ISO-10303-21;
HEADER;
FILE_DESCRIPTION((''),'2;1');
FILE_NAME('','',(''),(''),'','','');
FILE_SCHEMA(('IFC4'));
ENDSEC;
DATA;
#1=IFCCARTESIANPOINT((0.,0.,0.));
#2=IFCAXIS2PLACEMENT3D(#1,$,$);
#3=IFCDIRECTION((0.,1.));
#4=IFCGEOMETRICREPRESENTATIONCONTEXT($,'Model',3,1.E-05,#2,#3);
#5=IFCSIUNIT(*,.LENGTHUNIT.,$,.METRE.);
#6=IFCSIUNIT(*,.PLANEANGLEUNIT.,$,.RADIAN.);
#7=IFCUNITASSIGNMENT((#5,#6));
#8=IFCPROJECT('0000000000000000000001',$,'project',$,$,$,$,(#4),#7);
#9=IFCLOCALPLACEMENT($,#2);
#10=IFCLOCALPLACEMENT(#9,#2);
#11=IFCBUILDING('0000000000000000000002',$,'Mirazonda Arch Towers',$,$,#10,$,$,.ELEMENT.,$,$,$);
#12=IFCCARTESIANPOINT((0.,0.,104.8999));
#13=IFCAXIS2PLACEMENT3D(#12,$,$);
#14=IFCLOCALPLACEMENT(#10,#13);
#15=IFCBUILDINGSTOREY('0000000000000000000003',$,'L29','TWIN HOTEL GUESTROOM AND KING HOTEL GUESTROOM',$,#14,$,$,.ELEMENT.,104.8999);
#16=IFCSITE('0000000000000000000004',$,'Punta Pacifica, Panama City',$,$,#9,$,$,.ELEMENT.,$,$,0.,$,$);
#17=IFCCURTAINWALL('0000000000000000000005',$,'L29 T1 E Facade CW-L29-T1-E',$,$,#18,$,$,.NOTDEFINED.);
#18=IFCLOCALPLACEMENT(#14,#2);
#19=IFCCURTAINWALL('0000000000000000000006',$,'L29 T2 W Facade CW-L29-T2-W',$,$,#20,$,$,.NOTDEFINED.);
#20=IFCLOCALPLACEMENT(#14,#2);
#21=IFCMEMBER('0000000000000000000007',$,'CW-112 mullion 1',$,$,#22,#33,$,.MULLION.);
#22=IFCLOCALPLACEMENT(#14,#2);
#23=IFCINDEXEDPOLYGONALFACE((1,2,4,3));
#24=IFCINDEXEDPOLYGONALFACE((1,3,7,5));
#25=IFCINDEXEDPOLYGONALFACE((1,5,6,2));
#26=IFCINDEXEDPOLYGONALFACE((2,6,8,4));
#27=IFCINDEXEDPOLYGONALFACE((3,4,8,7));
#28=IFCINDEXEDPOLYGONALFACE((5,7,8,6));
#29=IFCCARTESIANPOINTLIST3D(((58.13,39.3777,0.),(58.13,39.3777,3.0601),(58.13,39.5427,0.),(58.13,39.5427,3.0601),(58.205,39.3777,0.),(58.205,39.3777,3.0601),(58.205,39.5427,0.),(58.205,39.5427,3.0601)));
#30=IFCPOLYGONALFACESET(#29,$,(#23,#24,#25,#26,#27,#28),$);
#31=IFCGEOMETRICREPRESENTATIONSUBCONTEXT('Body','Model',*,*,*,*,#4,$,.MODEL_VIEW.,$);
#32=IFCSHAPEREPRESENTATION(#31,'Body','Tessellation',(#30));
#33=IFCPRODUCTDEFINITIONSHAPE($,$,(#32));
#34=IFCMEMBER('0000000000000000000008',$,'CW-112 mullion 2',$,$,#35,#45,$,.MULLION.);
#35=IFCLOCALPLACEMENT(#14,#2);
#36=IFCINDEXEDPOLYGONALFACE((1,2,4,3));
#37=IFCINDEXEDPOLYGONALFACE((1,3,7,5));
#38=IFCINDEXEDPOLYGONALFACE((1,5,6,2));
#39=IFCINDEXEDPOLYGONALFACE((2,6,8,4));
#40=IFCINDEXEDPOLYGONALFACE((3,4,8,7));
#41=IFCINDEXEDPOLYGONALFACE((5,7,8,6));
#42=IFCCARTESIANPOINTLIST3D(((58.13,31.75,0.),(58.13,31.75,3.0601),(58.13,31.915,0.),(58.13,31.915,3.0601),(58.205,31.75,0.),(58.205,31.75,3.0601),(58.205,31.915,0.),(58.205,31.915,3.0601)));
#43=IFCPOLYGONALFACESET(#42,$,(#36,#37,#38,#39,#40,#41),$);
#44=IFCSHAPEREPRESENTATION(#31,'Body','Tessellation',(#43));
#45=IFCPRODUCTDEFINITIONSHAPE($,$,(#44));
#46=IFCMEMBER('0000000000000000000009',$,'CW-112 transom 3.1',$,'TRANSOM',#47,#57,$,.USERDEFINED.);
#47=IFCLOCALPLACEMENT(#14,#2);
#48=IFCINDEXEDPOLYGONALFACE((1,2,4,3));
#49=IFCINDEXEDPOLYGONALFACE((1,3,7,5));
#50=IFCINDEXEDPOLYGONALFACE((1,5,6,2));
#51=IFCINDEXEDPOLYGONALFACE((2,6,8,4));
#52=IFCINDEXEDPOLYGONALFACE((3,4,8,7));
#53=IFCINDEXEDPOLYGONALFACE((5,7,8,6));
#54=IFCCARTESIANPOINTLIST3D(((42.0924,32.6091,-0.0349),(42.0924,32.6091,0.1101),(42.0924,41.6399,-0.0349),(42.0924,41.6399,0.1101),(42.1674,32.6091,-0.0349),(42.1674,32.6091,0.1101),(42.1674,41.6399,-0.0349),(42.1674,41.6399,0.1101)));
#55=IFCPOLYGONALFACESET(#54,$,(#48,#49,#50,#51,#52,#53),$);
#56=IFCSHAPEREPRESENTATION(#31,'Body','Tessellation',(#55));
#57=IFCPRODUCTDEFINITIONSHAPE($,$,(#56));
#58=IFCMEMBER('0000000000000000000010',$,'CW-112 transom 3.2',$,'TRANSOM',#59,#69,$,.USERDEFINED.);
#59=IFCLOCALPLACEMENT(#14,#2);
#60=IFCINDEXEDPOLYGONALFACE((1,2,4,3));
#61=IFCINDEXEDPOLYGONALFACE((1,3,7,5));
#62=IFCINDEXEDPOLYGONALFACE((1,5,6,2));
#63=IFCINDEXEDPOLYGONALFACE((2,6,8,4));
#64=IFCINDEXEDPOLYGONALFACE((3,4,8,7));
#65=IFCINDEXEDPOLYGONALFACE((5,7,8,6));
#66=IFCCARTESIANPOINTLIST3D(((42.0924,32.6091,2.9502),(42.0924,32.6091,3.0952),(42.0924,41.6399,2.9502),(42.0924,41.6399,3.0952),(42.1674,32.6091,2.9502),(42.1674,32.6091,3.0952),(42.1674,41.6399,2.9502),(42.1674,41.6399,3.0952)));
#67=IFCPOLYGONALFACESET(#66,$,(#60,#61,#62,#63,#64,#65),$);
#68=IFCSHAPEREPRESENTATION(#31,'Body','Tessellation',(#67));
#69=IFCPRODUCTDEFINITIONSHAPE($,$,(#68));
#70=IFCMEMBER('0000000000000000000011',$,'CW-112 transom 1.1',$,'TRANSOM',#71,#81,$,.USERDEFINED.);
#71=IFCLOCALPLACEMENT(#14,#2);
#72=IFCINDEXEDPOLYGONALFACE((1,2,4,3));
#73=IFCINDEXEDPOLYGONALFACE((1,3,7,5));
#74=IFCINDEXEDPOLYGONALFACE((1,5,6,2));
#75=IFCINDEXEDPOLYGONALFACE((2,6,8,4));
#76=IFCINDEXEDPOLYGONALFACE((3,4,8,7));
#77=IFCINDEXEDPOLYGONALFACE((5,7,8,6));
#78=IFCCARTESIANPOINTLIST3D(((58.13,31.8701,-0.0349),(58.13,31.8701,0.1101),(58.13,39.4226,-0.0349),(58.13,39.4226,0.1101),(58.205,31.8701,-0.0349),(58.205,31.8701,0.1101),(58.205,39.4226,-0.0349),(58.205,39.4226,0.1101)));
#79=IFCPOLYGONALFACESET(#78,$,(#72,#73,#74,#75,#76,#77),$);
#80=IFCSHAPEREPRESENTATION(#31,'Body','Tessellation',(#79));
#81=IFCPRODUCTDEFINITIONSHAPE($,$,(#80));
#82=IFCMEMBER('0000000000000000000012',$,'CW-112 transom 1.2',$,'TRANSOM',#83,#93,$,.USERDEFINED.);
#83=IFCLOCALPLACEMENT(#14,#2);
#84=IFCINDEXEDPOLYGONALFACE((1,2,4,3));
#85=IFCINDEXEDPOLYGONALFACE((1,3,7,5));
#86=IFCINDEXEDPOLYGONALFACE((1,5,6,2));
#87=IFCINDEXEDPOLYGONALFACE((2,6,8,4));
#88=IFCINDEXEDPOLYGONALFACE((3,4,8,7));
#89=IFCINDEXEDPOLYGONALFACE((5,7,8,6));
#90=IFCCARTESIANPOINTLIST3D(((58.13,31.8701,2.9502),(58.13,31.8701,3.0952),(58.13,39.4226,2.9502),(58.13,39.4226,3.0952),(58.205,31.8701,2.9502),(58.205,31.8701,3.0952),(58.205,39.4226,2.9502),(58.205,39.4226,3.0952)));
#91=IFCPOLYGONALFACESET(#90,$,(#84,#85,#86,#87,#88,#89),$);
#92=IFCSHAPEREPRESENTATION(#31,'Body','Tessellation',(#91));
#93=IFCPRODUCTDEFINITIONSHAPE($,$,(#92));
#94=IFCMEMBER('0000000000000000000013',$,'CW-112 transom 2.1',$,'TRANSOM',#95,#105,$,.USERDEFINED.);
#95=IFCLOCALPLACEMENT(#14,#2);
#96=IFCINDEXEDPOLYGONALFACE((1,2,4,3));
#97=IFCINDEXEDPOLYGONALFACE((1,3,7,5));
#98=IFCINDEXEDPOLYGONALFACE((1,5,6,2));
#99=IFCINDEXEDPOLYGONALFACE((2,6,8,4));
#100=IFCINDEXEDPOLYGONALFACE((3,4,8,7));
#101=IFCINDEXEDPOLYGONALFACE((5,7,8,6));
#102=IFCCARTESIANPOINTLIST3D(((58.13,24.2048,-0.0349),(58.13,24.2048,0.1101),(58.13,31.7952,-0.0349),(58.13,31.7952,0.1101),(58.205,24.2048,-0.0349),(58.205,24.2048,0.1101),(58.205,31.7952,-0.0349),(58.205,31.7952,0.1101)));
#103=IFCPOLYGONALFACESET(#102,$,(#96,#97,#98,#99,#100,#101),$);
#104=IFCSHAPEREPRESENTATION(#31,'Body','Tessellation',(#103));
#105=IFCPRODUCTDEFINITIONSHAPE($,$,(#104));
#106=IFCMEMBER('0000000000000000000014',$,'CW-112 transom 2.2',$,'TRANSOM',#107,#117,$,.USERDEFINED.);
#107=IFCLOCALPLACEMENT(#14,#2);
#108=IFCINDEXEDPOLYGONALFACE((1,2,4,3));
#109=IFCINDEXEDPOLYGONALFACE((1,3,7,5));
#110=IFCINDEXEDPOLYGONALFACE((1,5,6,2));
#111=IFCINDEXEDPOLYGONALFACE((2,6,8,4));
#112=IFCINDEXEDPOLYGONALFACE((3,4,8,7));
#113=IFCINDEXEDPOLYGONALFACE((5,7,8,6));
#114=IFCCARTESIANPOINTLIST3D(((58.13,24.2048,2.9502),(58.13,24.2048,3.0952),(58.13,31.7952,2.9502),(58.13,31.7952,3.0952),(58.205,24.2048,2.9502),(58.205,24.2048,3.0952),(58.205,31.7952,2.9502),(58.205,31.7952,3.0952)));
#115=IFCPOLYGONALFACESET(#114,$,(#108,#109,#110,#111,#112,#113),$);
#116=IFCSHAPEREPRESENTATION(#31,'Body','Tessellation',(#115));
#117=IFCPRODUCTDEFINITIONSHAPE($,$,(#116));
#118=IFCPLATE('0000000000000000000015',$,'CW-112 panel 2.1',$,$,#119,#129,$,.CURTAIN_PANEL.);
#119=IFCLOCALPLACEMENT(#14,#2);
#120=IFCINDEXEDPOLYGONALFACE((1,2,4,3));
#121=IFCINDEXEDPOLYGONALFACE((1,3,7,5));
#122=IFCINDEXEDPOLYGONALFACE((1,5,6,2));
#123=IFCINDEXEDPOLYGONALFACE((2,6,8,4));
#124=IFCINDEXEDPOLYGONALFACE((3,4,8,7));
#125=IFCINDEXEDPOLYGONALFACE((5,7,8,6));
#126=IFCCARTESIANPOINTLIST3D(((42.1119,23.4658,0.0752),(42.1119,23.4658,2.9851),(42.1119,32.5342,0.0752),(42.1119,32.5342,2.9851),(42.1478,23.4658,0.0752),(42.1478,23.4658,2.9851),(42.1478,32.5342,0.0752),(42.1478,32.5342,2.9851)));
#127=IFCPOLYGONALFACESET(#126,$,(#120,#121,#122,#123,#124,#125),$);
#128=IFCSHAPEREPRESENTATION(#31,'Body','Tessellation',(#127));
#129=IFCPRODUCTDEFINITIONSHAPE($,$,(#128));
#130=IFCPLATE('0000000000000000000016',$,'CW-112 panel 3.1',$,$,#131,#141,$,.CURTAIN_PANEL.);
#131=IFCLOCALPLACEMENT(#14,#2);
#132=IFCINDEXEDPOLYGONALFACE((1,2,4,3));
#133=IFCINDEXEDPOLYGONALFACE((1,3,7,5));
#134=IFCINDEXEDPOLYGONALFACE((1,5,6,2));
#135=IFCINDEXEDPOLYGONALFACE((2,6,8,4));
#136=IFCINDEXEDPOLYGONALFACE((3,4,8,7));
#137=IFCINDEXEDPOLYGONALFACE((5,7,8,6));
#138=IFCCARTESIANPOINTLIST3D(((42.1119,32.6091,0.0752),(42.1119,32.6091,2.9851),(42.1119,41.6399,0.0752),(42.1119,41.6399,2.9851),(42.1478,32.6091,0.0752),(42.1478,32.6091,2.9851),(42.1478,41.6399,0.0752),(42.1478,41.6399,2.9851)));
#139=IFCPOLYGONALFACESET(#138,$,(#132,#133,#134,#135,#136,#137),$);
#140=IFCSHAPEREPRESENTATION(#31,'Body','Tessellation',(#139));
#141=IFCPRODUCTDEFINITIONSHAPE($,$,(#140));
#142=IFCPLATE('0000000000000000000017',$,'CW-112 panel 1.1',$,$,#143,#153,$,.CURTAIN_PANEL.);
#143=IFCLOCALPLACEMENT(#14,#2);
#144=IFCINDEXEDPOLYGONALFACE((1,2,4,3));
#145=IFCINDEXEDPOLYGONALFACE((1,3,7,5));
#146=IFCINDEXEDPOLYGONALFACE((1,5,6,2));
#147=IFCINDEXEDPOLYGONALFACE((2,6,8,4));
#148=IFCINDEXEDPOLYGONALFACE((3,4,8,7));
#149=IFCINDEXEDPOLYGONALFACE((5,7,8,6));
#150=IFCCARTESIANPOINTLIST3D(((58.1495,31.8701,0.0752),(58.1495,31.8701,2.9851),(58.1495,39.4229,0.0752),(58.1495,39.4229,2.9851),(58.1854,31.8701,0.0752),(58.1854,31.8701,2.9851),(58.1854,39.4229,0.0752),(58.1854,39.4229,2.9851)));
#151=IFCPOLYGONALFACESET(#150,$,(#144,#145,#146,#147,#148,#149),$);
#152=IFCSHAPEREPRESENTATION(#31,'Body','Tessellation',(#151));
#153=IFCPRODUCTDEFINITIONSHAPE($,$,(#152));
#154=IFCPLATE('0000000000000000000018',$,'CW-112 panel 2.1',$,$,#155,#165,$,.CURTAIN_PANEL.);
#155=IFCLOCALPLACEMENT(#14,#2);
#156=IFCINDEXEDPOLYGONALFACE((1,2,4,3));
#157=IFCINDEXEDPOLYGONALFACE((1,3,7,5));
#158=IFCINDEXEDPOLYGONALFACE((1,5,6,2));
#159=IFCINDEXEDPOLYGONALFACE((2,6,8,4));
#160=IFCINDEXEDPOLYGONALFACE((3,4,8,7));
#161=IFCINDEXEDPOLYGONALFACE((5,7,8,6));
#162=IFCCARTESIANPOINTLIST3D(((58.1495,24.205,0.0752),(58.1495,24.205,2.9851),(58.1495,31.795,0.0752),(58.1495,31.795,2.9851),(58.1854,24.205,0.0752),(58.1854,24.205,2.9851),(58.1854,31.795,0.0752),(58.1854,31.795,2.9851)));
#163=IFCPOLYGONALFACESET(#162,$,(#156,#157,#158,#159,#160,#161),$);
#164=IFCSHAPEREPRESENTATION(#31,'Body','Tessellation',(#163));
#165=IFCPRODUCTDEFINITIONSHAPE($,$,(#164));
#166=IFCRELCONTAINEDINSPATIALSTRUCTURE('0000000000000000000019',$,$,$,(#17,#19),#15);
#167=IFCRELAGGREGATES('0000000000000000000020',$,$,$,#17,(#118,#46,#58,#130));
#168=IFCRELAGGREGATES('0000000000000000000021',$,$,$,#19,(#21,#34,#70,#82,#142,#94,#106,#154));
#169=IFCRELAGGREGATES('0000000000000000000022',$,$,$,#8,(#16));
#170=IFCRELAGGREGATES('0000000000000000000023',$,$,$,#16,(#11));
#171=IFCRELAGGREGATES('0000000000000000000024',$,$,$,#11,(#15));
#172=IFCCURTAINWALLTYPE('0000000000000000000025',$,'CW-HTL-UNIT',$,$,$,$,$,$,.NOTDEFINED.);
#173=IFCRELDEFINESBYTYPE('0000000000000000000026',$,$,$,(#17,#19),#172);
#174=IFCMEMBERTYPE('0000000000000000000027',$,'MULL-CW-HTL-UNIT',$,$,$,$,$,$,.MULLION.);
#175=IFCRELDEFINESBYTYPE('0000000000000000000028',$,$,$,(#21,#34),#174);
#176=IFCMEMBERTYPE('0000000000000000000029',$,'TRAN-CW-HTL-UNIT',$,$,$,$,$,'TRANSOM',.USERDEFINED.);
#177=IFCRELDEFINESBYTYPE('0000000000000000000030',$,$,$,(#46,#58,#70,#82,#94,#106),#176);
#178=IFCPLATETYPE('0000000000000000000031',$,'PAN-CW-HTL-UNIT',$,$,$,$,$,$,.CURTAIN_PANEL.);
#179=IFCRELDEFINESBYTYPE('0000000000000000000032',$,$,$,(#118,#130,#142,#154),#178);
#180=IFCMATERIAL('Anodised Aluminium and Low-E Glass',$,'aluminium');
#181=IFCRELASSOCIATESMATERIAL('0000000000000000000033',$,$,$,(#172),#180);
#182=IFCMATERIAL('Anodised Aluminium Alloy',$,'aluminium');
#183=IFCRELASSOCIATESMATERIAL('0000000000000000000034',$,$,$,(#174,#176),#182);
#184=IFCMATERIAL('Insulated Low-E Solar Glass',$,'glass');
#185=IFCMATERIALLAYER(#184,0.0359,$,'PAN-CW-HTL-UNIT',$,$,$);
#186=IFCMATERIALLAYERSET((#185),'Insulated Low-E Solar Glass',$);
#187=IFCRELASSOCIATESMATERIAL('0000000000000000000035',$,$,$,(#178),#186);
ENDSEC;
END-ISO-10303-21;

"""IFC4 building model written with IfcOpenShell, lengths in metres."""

from ifc_helpers import new_model, si_unit, direction, frame, origin, origin_2d, place, context, subcontext, project, spatial, rectangle, extrude, material, layer, layer_set, material_profile, profile_set, type_object, element, aggregate, save


model = new_model("IFC4")

# Units and contexts
model_context = context("Model", 3, precision=1e-05, world=origin(), true_north=direction((0.0, 1.0)))
body_context = subcontext(model_context, "Body", "Model", "MODEL_VIEW")
ifc_project = project(units=[si_unit("LENGTHUNIT", "METRE"), si_unit("PLANEANGLEUNIT", "RADIAN")], contexts=[model_context])

# Site, building, storey
site_placement = place(None, origin())
site = spatial("IfcSite", under=ifc_project, at=site_placement, Name="Punta Pacifica, Panama City", CompositionType="ELEMENT", RefElevation=0.0)
building_placement = place(site_placement, origin())
building = spatial("IfcBuilding", under=site, at=building_placement, Name="Mirazonda Arch Towers", CompositionType="ELEMENT")
storey_placement = place(building_placement, frame((0.0, 0.0, 104.8999)))
storey = spatial("IfcBuildingStorey", under=building, at=storey_placement, Name="L29", Description="TWIN HOTEL GUESTROOM AND KING HOTEL GUESTROOM", CompositionType="ELEMENT", Elevation=104.8999)

# Curtain wall
ifc_material_1 = material(Name="Anodised Aluminium and Low-E Glass", Category="aluminium")
curtain_wall_type = type_object("IfcCurtainWallType", Name="CW-HTL-UNIT", PredefinedType="NOTDEFINED", material=ifc_material_1)
curtain_wall_1_placement = place(storey_placement, origin())
curtain_wall_1 = element("IfcCurtainWall", 1, at=curtain_wall_1_placement, inside=storey, type_object=curtain_wall_type, Name="L29 T1 E Facade CW-L29-T1-E", PredefinedType="NOTDEFINED")
ifc_material_2 = material(Name="Anodised Aluminium Alloy", Category="aluminium")
ifc_material_profile_1 = material_profile(ifc_material_2, rectangle(XDim=0.075, YDim=0.165, at=origin_2d()), Name="ALU-MULL-75x165")
ifc_profile_set_1 = profile_set([ifc_material_profile_1], Name="Anodised Aluminium Alloy")
member_type_1 = type_object("IfcMemberType", Name="MULL-CW-HTL-UNIT", PredefinedType="MULLION", material=ifc_profile_set_1)

# Curtain wall, members
curtain_wall_2_placement = place(storey_placement, origin())
curtain_wall_2 = element("IfcCurtainWall", 2, at=curtain_wall_2_placement, inside=storey, type_object=curtain_wall_type, Name="L29 T2 W Facade CW-L29-T2-W", PredefinedType="NOTDEFINED")
member_1_placement = place(storey_placement, frame((58.1675, 39.4602, 0.0), z_axis=(0.0, 0.0, 1.0), x_axis=(1.0, 0.0, 0.0)))
member_1 = element("IfcMember", 3, at=member_1_placement, type_object=member_type_1, Name="CW-112 mullion 1", PredefinedType="MULLION", context=body_context, shape_type="SweptSolid", body=[
    extrude(rectangle(XDim=0.075, YDim=0.165, at=origin_2d()), origin(), (0.0, 0.0, 1.0), 3.0601),
])
member_2_placement = place(storey_placement, frame((58.1675, 31.8325, 0.0), z_axis=(0.0, 0.0, 1.0), x_axis=(1.0, 0.0, 0.0)))
member_2 = element("IfcMember", 4, at=member_2_placement, type_object=member_type_1, Name="CW-112 mullion 2", PredefinedType="MULLION", context=body_context, shape_type="SweptSolid", body=[
    extrude(rectangle(XDim=0.075, YDim=0.165, at=origin_2d()), origin(), (0.0, 0.0, 1.0), 3.0601),
])

# Members
ifc_material_profile_2 = material_profile(ifc_material_2, rectangle(XDim=0.075, YDim=0.145, at=origin_2d()), Name="ALU-TRAN-75x145")
ifc_profile_set_2 = profile_set([ifc_material_profile_2], Name="Anodised Aluminium Alloy")
member_type_2 = type_object("IfcMemberType", Name="TRAN-CW-HTL-UNIT", ElementType="TRANSOM", PredefinedType="USERDEFINED", material=ifc_profile_set_2)
member_3_placement = place(storey_placement, frame((42.1299, 32.6091, 0.0376), z_axis=(0.0, 1.0, 0.0), x_axis=(-1.0, 0.0, 0.0)))
member_3 = element("IfcMember", 5, at=member_3_placement, type_object=member_type_2, Name="CW-112 transom 3.1", ObjectType="TRANSOM", PredefinedType="USERDEFINED", context=body_context, shape_type="SweptSolid", body=[
    extrude(rectangle(XDim=0.075, YDim=0.145, at=origin_2d()), origin(), (0.0, 0.0, 1.0), 9.0308),
])
member_4_placement = place(storey_placement, frame((42.1299, 32.6091, 3.0227), z_axis=(0.0, 1.0, 0.0), x_axis=(-1.0, 0.0, 0.0)))
member_4 = element("IfcMember", 6, at=member_4_placement, type_object=member_type_2, Name="CW-112 transom 3.2", ObjectType="TRANSOM", PredefinedType="USERDEFINED", context=body_context, shape_type="SweptSolid", body=[
    extrude(rectangle(XDim=0.075, YDim=0.145, at=origin_2d()), origin(), (0.0, 0.0, 1.0), 9.0308),
])
member_5_placement = place(storey_placement, frame((58.1675, 39.4226, 0.0376), z_axis=(0.0, -1.0, 0.0), x_axis=(1.0, 0.0, 0.0)))
member_5 = element("IfcMember", 7, at=member_5_placement, type_object=member_type_2, Name="CW-112 transom 1.1", ObjectType="TRANSOM", PredefinedType="USERDEFINED", context=body_context, shape_type="SweptSolid", body=[
    extrude(rectangle(XDim=0.075, YDim=0.145, at=origin_2d()), origin(), (0.0, 0.0, 1.0), 7.5525),
])
member_6_placement = place(storey_placement, frame((58.1675, 39.4226, 3.0227), z_axis=(0.0, -1.0, 0.0), x_axis=(1.0, 0.0, 0.0)))
member_6 = element("IfcMember", 8, at=member_6_placement, type_object=member_type_2, Name="CW-112 transom 1.2", ObjectType="TRANSOM", PredefinedType="USERDEFINED", context=body_context, shape_type="SweptSolid", body=[
    extrude(rectangle(XDim=0.075, YDim=0.145, at=origin_2d()), origin(), (0.0, 0.0, 1.0), 7.5525),
])
member_7_placement = place(storey_placement, frame((58.1675, 31.7952, 0.0376), z_axis=(0.0, -1.0, 0.0), x_axis=(1.0, 0.0, 0.0)))
member_7 = element("IfcMember", 9, at=member_7_placement, type_object=member_type_2, Name="CW-112 transom 2.1", ObjectType="TRANSOM", PredefinedType="USERDEFINED", context=body_context, shape_type="SweptSolid", body=[
    extrude(rectangle(XDim=0.075, YDim=0.145, at=origin_2d()), origin(), (0.0, 0.0, 1.0), 7.5903),
])
member_8_placement = place(storey_placement, frame((58.1675, 31.7952, 3.0227), z_axis=(0.0, -1.0, 0.0), x_axis=(1.0, 0.0, 0.0)))
member_8 = element("IfcMember", 10, at=member_8_placement, type_object=member_type_2, Name="CW-112 transom 2.2", ObjectType="TRANSOM", PredefinedType="USERDEFINED", context=body_context, shape_type="SweptSolid", body=[
    extrude(rectangle(XDim=0.075, YDim=0.145, at=origin_2d()), origin(), (0.0, 0.0, 1.0), 7.5903),
])

# Plates
ifc_material_3 = material(Name="Insulated Low-E Solar Glass", Category="glass")
ifc_layer_1 = layer(ifc_material_3, 0.0359, Name="PAN-CW-HTL-UNIT")
ifc_layer_set_1 = layer_set([ifc_layer_1], Name="Insulated Low-E Solar Glass")
plate_type = type_object("IfcPlateType", Name="PAN-CW-HTL-UNIT", PredefinedType="CURTAIN_PANEL", material=ifc_layer_set_1)
plate_1_placement = place(storey_placement, frame((42.1299, 28.0, 0.0752), z_axis=(0.0, 0.0, 1.0), x_axis=(0.0, 1.0, 0.0)))
plate_1 = element("IfcPlate", 11, at=plate_1_placement, type_object=plate_type, Name="CW-112 panel 2.1", PredefinedType="CURTAIN_PANEL", context=body_context, shape_type="SweptSolid", body=[
    extrude(rectangle(XDim=9.0684, YDim=0.0359, at=origin_2d()), origin(), (0.0, 0.0, 1.0), 2.9099),
])
plate_2_placement = place(storey_placement, frame((42.1299, 37.1245, 0.0752), z_axis=(0.0, 0.0, 1.0), x_axis=(0.0, 1.0, 0.0)))
plate_2 = element("IfcPlate", 12, at=plate_2_placement, type_object=plate_type, Name="CW-112 panel 3.1", PredefinedType="CURTAIN_PANEL", context=body_context, shape_type="SweptSolid", body=[
    extrude(rectangle(XDim=9.0308, YDim=0.0359, at=origin_2d()), origin(), (0.0, 0.0, 1.0), 2.9099),
])
aggregate(curtain_wall_1, [plate_1, member_3, member_4, plate_2])
plate_3_placement = place(storey_placement, frame((58.1675, 35.6465, 0.0752), z_axis=(0.0, 0.0, 1.0), x_axis=(0.0, -1.0, 0.0)))
plate_3 = element("IfcPlate", 13, at=plate_3_placement, type_object=plate_type, Name="CW-112 panel 1.1", PredefinedType="CURTAIN_PANEL", context=body_context, shape_type="SweptSolid", body=[
    extrude(rectangle(XDim=7.5527, YDim=0.0359, at=origin_2d()), origin(), (0.0, 0.0, 1.0), 2.9099),
])
plate_4_placement = place(storey_placement, frame((58.1675, 28.0, 0.0752), z_axis=(0.0, 0.0, 1.0), x_axis=(0.0, -1.0, 0.0)))
plate_4 = element("IfcPlate", 14, at=plate_4_placement, type_object=plate_type, Name="CW-112 panel 2.1", PredefinedType="CURTAIN_PANEL", context=body_context, shape_type="SweptSolid", body=[
    extrude(rectangle(XDim=7.5901, YDim=0.0359, at=origin_2d()), origin(), (0.0, 0.0, 1.0), 2.9099),
])
aggregate(curtain_wall_2, [member_1, member_2, member_5, member_6, plate_3, member_7, member_8, plate_4])

save(model, "model.ifc")
